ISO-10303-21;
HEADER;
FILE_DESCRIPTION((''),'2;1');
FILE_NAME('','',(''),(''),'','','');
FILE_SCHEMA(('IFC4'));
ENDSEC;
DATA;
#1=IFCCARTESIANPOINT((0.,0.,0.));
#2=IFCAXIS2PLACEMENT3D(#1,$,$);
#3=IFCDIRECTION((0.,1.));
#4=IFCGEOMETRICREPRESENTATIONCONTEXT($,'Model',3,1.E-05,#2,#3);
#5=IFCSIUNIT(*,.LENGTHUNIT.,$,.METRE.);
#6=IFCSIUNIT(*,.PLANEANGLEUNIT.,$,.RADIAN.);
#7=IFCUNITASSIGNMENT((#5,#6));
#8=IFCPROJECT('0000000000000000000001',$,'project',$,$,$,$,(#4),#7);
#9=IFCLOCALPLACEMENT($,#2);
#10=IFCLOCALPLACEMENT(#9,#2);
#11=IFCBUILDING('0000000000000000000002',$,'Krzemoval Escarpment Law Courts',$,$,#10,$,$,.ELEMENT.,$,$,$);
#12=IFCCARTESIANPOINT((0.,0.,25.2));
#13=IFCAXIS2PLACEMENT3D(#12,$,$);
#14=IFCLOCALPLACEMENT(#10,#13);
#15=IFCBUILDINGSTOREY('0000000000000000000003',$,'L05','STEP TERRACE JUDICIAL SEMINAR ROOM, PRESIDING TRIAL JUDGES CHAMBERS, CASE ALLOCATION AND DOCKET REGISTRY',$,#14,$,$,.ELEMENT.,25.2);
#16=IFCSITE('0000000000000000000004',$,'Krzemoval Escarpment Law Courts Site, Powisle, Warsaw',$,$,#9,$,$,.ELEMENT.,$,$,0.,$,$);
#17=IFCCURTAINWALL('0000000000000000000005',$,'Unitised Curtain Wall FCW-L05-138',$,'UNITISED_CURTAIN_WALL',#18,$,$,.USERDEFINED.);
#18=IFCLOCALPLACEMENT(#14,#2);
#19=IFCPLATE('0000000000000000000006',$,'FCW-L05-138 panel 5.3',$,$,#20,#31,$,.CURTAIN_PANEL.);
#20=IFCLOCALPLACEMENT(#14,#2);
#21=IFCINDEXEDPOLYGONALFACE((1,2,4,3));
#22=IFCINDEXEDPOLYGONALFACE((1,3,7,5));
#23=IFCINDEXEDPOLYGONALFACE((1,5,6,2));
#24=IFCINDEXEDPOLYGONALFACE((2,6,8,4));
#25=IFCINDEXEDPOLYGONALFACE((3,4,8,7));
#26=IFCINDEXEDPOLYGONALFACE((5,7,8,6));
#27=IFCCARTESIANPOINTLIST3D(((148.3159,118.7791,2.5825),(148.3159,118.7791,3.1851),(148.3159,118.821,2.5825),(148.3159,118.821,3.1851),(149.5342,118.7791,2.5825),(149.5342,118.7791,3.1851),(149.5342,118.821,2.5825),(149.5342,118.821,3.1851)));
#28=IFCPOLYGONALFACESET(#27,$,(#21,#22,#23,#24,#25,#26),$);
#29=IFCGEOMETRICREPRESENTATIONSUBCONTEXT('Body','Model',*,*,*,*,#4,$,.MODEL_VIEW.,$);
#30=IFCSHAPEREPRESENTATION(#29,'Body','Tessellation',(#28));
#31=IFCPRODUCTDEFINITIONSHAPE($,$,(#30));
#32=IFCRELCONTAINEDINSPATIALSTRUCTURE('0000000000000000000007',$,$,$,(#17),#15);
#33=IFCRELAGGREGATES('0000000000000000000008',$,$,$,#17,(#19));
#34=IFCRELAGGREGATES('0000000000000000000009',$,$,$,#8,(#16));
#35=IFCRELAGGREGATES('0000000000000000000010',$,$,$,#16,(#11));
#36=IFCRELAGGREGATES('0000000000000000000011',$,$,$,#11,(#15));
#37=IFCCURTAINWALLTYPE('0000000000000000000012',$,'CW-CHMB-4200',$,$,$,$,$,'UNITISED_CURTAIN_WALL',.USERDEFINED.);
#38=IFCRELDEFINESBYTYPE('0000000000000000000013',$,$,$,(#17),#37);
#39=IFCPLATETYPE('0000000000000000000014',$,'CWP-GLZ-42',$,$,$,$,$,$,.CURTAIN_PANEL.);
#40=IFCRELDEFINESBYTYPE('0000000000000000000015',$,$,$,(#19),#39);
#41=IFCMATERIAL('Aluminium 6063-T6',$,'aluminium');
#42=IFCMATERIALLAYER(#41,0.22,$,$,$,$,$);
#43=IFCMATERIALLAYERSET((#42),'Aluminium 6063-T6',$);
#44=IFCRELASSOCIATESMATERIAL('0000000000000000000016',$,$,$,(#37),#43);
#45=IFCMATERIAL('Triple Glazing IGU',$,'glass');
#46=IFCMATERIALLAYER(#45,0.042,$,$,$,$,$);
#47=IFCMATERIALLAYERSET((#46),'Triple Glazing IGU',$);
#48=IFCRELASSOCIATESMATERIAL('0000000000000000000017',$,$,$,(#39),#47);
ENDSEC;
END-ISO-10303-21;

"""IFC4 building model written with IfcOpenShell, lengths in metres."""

from ifc_helpers import new_model, si_unit, direction, frame, origin, origin_2d, place, context, subcontext, project, spatial, rectangle, extrude, material, layer, layer_set, type_object, element, aggregate, save


model = new_model("IFC4")

# Units and contexts
model_context = context("Model", 3, precision=1e-05, world=origin(), true_north=direction((0.0, 1.0)))
body_context = subcontext(model_context, "Body", "Model", "MODEL_VIEW")
ifc_project = project(units=[si_unit("LENGTHUNIT", "METRE"), si_unit("PLANEANGLEUNIT", "RADIAN")], contexts=[model_context])

# Site, building, storey
site_placement = place(None, origin())
site = spatial("IfcSite", under=ifc_project, at=site_placement, Name="Krzemoval Escarpment Law Courts Site, Powisle, Warsaw", CompositionType="ELEMENT", RefElevation=0.0)
building_placement = place(site_placement, origin())
building = spatial("IfcBuilding", under=site, at=building_placement, Name="Krzemoval Escarpment Law Courts", CompositionType="ELEMENT")
storey_placement = place(building_placement, frame((0.0, 0.0, 25.2)))
storey = spatial("IfcBuildingStorey", under=building, at=storey_placement, Name="L05", Description="STEP TERRACE JUDICIAL SEMINAR ROOM, PRESIDING TRIAL JUDGES CHAMBERS, CASE ALLOCATION AND DOCKET REGISTRY", CompositionType="ELEMENT", Elevation=25.2)

# Curtain wall, plate
ifc_material_1 = material(Name="Aluminium 6063-T6", Category="aluminium")
ifc_layer_1 = layer(ifc_material_1, 0.22)
ifc_layer_set_1 = layer_set([ifc_layer_1], Name="Aluminium 6063-T6")
curtain_wall_type = type_object("IfcCurtainWallType", Name="CW-CHMB-4200", ElementType="UNITISED_CURTAIN_WALL", PredefinedType="USERDEFINED", material=ifc_layer_set_1)
curtain_wall_placement = place(storey_placement, origin())
curtain_wall = element("IfcCurtainWall", 1, at=curtain_wall_placement, inside=storey, type_object=curtain_wall_type, Name="Unitised Curtain Wall FCW-L05-138", ObjectType="UNITISED_CURTAIN_WALL", PredefinedType="USERDEFINED")
ifc_material_2 = material(Name="Triple Glazing IGU", Category="glass")
ifc_layer_2 = layer(ifc_material_2, 0.042)
ifc_layer_set_2 = layer_set([ifc_layer_2], Name="Triple Glazing IGU")
plate_type = type_object("IfcPlateType", Name="CWP-GLZ-42", PredefinedType="CURTAIN_PANEL", material=ifc_layer_set_2)
plate_1_placement = place(storey_placement, frame((148.925, 118.8, 2.5825), z_axis=(0.0, 0.0, 1.0), x_axis=(1.0, 0.0, 0.0)))
plate_1 = element("IfcPlate", 2, at=plate_1_placement, type_object=plate_type, Name="FCW-L05-138 panel 5.3", PredefinedType="CURTAIN_PANEL", context=body_context, shape_type="SweptSolid", body=[
    extrude(rectangle(XDim=1.2183, YDim=0.042, at=origin_2d()), origin(), (0.0, 0.0, 1.0), 0.6025),
])
aggregate(curtain_wall, [plate_1])

save(model, "model.ifc")
